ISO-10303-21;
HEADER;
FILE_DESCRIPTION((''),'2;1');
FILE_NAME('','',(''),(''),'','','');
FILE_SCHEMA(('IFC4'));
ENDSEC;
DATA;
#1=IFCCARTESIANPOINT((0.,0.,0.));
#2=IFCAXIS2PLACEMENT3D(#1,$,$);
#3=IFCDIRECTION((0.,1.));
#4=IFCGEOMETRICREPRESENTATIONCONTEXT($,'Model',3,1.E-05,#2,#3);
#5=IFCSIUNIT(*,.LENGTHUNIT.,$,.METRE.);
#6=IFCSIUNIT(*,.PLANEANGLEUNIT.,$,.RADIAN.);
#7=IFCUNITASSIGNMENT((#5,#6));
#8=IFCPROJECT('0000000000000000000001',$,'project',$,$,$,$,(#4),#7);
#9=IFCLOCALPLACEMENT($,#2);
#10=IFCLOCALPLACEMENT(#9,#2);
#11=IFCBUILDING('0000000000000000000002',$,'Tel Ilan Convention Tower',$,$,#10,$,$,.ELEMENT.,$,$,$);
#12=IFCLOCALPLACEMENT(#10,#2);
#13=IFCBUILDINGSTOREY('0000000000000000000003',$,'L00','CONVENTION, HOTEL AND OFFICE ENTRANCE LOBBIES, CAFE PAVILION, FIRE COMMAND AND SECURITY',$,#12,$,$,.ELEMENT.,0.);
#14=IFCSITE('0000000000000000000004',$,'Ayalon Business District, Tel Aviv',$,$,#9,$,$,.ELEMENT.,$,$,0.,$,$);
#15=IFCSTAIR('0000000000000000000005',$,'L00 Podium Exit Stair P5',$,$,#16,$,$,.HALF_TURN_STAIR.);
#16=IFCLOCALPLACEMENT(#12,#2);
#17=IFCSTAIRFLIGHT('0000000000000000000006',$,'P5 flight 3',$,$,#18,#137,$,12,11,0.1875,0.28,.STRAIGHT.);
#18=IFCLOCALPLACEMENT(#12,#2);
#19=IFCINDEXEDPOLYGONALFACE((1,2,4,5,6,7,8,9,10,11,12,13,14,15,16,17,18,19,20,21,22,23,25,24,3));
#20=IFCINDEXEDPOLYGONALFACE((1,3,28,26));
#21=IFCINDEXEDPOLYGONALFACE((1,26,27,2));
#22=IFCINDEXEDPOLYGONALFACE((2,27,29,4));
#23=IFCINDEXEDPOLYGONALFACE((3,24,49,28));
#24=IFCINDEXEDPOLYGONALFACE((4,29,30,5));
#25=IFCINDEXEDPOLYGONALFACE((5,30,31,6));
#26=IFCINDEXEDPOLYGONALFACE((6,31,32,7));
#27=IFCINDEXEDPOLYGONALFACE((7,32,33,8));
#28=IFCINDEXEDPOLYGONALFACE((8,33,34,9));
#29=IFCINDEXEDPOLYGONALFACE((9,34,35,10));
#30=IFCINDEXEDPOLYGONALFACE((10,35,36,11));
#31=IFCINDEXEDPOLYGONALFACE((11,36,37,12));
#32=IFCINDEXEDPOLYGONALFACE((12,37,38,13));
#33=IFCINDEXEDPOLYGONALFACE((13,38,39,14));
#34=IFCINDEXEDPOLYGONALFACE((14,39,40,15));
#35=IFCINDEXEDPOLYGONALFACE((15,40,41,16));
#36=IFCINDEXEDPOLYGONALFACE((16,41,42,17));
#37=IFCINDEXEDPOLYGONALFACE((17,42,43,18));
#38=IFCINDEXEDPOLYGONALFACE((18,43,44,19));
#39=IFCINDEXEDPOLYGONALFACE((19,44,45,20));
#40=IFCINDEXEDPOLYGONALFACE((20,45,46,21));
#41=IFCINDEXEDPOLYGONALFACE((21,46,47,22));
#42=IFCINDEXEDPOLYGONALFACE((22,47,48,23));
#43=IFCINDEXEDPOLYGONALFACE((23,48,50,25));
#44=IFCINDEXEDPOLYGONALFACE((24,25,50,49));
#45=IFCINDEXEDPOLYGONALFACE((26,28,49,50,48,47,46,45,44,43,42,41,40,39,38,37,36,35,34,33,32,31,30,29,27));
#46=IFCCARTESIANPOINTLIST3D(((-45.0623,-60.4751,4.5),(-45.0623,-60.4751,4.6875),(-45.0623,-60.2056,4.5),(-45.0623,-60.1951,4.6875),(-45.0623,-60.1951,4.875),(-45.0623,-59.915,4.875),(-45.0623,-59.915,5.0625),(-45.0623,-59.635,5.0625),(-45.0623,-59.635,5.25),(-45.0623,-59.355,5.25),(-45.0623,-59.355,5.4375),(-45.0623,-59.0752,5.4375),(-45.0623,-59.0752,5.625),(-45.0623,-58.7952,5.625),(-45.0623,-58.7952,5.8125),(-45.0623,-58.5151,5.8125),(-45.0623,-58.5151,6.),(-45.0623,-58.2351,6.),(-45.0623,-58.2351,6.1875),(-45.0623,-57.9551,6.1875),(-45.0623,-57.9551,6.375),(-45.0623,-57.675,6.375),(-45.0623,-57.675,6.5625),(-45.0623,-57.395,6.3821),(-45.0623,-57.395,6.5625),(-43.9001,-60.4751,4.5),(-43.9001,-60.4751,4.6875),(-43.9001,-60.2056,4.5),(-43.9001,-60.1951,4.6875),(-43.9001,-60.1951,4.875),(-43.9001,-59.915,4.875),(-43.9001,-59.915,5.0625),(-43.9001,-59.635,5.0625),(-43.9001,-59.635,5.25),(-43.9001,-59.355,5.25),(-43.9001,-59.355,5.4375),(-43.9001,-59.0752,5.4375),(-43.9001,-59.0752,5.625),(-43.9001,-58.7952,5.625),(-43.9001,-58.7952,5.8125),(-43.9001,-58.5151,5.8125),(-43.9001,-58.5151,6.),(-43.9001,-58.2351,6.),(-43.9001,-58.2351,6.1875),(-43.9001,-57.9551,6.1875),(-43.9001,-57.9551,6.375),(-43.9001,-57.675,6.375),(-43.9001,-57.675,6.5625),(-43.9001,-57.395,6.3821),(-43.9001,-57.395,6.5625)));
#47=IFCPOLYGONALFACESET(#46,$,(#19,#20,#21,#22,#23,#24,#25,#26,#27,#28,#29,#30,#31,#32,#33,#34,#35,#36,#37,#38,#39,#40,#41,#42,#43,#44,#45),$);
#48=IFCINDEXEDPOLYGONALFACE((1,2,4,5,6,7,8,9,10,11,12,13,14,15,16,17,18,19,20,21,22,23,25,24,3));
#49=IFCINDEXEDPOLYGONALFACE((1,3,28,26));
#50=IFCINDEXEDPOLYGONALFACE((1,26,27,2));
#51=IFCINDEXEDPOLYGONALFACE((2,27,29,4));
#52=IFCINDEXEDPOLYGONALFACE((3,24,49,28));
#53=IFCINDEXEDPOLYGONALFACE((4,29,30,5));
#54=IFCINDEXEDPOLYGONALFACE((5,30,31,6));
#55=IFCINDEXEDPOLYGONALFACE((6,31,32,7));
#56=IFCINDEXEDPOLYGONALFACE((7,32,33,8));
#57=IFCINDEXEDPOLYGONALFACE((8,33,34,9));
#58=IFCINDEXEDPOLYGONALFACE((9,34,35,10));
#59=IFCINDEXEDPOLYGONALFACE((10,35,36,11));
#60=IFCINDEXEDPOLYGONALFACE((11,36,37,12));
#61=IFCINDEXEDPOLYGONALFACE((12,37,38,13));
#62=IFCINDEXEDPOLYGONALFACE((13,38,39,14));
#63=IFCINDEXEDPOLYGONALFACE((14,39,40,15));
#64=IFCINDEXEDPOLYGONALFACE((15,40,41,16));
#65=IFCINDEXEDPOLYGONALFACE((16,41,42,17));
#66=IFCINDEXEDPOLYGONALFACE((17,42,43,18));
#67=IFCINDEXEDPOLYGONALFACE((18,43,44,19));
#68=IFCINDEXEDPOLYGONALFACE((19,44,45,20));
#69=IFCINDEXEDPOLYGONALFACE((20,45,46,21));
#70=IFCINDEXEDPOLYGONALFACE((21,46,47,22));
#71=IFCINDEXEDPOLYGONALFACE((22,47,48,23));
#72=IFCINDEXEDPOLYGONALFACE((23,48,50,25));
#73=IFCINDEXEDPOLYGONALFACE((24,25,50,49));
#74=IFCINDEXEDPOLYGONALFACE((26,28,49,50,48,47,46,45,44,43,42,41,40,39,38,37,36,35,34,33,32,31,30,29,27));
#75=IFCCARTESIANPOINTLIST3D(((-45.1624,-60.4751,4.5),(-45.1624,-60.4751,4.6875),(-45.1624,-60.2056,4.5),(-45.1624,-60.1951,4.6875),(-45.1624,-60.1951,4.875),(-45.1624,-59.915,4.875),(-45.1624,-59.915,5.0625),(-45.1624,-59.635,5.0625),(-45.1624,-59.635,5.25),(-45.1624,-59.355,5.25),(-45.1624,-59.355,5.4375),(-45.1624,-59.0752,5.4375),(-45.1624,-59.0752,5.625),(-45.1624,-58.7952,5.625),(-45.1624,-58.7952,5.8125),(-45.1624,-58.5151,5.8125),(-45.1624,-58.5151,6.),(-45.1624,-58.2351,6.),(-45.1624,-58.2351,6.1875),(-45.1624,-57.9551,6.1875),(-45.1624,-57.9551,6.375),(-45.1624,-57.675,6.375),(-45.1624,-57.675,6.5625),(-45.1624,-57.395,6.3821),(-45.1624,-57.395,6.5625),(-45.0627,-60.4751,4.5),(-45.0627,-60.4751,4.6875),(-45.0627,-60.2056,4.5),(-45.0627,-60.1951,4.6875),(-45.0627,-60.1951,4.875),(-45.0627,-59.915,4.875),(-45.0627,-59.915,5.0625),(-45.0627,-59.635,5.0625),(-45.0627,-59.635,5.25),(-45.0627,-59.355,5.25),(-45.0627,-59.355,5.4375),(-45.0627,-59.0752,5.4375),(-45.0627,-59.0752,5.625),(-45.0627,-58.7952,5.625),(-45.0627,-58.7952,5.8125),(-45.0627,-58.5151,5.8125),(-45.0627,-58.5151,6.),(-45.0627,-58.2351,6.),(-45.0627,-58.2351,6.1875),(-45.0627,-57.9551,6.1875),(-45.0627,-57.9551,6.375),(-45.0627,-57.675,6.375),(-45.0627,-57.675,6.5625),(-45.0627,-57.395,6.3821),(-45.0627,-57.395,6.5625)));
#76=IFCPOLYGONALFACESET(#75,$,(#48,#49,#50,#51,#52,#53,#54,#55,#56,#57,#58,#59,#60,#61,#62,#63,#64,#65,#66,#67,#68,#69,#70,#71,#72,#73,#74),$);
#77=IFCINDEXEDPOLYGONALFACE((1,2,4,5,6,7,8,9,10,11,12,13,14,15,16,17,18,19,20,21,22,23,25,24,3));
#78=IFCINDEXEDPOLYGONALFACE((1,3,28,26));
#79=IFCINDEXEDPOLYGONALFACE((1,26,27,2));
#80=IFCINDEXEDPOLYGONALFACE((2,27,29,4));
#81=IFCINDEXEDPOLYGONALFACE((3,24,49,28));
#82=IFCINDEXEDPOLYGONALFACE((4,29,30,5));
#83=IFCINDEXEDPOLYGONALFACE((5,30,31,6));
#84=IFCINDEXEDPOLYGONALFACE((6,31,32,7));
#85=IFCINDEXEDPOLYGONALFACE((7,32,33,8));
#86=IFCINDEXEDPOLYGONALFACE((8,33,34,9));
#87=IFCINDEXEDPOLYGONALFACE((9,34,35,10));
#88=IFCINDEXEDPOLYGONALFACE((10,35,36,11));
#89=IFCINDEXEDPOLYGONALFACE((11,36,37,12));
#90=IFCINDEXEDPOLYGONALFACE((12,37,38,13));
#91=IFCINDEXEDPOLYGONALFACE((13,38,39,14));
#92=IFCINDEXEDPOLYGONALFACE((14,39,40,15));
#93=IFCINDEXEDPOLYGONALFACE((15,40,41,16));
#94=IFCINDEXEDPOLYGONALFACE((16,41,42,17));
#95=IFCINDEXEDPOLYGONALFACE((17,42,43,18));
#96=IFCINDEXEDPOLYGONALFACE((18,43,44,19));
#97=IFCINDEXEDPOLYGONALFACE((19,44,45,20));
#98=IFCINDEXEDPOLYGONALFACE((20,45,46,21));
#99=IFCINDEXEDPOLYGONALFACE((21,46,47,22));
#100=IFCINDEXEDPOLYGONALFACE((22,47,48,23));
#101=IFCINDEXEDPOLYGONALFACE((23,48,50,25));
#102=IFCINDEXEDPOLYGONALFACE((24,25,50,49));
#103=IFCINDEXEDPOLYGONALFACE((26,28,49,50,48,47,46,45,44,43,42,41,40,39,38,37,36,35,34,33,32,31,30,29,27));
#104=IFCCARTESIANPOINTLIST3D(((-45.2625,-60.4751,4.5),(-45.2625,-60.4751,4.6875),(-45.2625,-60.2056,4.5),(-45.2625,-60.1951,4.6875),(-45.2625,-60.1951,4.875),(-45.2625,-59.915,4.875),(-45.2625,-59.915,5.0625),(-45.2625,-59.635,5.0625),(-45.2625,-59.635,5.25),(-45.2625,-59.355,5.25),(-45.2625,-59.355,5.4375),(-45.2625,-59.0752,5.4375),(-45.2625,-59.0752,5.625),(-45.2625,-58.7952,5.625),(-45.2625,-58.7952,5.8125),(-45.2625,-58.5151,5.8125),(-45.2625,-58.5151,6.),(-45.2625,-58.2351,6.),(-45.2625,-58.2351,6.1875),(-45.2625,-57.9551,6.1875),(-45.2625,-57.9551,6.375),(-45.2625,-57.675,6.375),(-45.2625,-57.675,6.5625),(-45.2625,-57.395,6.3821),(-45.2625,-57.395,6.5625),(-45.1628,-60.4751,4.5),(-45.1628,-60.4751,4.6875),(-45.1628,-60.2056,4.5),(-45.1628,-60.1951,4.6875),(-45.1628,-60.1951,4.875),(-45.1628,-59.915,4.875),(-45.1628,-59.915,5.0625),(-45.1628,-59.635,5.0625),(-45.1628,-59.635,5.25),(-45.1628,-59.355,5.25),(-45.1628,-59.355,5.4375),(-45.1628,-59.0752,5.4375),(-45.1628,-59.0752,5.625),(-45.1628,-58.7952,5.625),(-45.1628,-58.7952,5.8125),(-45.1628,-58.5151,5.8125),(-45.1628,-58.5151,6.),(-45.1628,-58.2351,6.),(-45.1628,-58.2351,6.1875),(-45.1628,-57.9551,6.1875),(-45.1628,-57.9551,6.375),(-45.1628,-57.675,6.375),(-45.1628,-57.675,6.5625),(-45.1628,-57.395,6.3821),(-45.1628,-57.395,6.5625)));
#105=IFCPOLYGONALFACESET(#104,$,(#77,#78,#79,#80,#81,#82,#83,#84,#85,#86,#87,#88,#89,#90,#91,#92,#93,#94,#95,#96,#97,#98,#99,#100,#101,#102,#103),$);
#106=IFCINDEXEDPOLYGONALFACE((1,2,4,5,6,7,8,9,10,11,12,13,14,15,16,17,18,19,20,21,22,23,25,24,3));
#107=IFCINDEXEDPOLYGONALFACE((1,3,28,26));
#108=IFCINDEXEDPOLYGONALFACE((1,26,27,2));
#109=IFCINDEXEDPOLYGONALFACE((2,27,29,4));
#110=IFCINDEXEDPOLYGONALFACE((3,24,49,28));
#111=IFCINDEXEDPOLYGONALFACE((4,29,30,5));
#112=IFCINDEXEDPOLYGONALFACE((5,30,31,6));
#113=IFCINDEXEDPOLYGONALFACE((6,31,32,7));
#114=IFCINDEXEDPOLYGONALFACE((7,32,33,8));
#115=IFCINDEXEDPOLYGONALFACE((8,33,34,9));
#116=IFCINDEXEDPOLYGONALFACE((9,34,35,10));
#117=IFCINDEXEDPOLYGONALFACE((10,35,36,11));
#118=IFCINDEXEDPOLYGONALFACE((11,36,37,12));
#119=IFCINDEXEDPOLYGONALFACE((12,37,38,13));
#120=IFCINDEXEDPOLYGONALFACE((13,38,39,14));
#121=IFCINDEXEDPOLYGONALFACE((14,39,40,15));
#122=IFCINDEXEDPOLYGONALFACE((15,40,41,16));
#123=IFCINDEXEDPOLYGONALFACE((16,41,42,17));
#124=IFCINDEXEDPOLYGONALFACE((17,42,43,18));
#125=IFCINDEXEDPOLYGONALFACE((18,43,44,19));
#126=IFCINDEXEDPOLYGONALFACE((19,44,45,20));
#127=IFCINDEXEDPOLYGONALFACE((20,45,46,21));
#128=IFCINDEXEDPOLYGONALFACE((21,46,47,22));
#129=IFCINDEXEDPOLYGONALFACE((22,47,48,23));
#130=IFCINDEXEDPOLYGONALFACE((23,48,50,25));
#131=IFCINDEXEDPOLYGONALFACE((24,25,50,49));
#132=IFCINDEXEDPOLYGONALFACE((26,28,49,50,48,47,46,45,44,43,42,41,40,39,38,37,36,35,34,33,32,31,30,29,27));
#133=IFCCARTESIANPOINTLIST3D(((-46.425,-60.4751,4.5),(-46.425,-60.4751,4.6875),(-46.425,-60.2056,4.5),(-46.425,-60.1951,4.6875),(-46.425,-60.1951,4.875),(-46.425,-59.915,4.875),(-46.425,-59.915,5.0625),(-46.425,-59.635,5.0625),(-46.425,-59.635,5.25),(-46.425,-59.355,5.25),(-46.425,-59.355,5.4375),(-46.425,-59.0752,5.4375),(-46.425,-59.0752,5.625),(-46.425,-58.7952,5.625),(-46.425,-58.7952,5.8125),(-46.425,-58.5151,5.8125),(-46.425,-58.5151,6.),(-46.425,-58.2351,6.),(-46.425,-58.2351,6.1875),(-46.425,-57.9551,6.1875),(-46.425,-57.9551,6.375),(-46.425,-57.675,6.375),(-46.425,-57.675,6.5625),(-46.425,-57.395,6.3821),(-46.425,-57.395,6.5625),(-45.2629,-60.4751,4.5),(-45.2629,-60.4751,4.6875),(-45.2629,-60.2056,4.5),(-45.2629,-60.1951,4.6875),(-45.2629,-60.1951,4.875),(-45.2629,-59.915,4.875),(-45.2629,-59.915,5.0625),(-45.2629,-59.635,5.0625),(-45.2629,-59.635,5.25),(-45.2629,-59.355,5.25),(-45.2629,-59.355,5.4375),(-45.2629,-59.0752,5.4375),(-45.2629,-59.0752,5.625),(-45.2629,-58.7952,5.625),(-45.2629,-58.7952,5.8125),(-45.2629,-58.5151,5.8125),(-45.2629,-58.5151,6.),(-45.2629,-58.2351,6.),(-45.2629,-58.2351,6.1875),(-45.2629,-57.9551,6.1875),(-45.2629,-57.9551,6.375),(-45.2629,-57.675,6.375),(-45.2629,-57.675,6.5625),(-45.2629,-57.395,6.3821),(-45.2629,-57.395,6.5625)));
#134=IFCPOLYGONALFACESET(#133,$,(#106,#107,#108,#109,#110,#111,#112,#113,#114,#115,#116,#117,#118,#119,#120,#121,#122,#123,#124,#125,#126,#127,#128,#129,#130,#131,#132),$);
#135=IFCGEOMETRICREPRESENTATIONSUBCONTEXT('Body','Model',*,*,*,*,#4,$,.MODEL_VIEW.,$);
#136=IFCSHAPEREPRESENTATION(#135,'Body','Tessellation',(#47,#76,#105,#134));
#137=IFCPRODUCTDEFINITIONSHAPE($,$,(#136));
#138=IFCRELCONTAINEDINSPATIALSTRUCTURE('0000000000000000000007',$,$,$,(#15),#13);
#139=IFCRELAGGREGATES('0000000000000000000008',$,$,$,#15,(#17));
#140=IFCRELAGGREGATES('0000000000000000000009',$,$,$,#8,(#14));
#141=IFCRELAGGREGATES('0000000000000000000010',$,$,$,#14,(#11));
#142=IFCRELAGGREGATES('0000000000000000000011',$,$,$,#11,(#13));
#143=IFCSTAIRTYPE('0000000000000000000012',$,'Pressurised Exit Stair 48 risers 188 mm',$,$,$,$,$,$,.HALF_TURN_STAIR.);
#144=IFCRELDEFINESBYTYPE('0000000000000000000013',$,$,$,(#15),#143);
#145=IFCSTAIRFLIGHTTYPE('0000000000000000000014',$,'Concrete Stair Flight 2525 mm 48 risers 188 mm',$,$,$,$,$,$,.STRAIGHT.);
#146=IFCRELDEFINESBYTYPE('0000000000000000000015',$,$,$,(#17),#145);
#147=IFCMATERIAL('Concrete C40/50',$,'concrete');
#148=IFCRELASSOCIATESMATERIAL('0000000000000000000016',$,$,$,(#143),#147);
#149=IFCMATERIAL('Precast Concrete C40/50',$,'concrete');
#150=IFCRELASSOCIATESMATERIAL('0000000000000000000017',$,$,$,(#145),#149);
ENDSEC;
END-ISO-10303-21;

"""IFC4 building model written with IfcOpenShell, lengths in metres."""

from ifc_helpers import new_model, si_unit, direction, frame, origin, place, context, subcontext, project, spatial, polyline, outline, extrude, material, type_object, element, aggregate, save


model = new_model("IFC4")

# Units and contexts
model_context = context("Model", 3, precision=1e-05, world=origin(), true_north=direction((0.0, 1.0)))
body_context = subcontext(model_context, "Body", "Model", "MODEL_VIEW")
ifc_project = project(units=[si_unit("LENGTHUNIT", "METRE"), si_unit("PLANEANGLEUNIT", "RADIAN")], contexts=[model_context])

# Site, building, storey
site_placement = place(None, origin())
site = spatial("IfcSite", under=ifc_project, at=site_placement, Name="Ayalon Business District, Tel Aviv", CompositionType="ELEMENT", RefElevation=0.0)
building_placement = place(site_placement, origin())
building = spatial("IfcBuilding", under=site, at=building_placement, Name="Tel Ilan Convention Tower", CompositionType="ELEMENT")
storey_placement = place(building_placement, origin())
storey = spatial("IfcBuildingStorey", under=building, at=storey_placement, Name="L00", Description="CONVENTION, HOTEL AND OFFICE ENTRANCE LOBBIES, CAFE PAVILION, FIRE COMMAND AND SECURITY", CompositionType="ELEMENT", Elevation=0.0)

# Stair, stair flight
ifc_material_1 = material(Name="Concrete C40/50", Category="concrete")
stair_type = type_object("IfcStairType", Name="Pressurised Exit Stair 48 risers 188 mm", PredefinedType="HALF_TURN_STAIR", material=ifc_material_1)
ifc_material_2 = material(Name="Precast Concrete C40/50", Category="concrete")
stair_flight_type = type_object("IfcStairFlightType", Name="Concrete Stair Flight 2525 mm 48 risers 188 mm", PredefinedType="STRAIGHT", material=ifc_material_2)
stair_1_placement = place(storey_placement, origin())
stair_1 = element("IfcStair", 1, at=stair_1_placement, inside=storey, type_object=stair_type, Name="L00 Podium Exit Stair P5", PredefinedType="HALF_TURN_STAIR")
stair_flight_1_placement = place(storey_placement, frame((-45.1626, -60.4751, 4.5), z_axis=(0.0, 0.0, 1.0), x_axis=(0.0, 1.0, 0.0)))
stair_flight_1 = element("IfcStairFlight", 2, at=stair_flight_1_placement, type_object=stair_flight_type, Name="P5 flight 3", NumberOfRisers=12, NumberOfTreads=11, PredefinedType="STRAIGHT", RiserHeight=0.1875, TreadLength=0.28, context=body_context, shape_type="SweptSolid", body=[
    extrude(outline(polyline([(0.0, 0.0), (0.0, 0.1875), (0.28, 0.1875), (0.28, 0.375), (0.5601, 0.375), (0.5601, 0.5625), (0.8401, 0.5625), (0.8401, 0.75), (1.1201, 0.75), (1.1201, 0.9375), (1.3999, 0.9375), (1.3999, 1.125), (1.6799, 1.125), (1.6799, 1.3125), (1.96, 1.3125), (1.96, 1.5), (2.24, 1.5), (2.24, 1.6875), (2.52, 1.6875), (2.52, 1.875), (2.8, 1.875), (2.8, 2.0625), (3.0801, 2.0625), (3.0801, 2.25), (3.0801, 1.8821), (0.2695, 0.0), (0.0, 0.0)])), frame((0.0, -0.1003, 0.0), z_axis=(0.0, -1.0, 0.0), x_axis=(1.0, 0.0, 0.0)), (0.0, 0.0, 1.0), 1.1621),
    extrude(outline(polyline([(0.0, 0.0), (0.0, 0.1875), (0.28, 0.1875), (0.28, 0.375), (0.5601, 0.375), (0.5601, 0.5625), (0.8401, 0.5625), (0.8401, 0.75), (1.1201, 0.75), (1.1201, 0.9375), (1.3999, 0.9375), (1.3999, 1.125), (1.6799, 1.125), (1.6799, 1.3125), (1.96, 1.3125), (1.96, 1.5), (2.24, 1.5), (2.24, 1.6875), (2.52, 1.6875), (2.52, 1.875), (2.8, 1.875), (2.8, 2.0625), (3.0801, 2.0625), (3.0801, 2.25), (3.0801, 1.8821), (0.2695, 0.0), (0.0, 0.0)])), frame((0.0, -0.0002, 0.0), z_axis=(0.0, -1.0, 0.0), x_axis=(1.0, 0.0, 0.0)), (0.0, 0.0, 1.0), 0.0996),
    extrude(outline(polyline([(0.0, 0.0), (0.0, 0.1875), (0.28, 0.1875), (0.28, 0.375), (0.5601, 0.375), (0.5601, 0.5625), (0.8401, 0.5625), (0.8401, 0.75), (1.1201, 0.75), (1.1201, 0.9375), (1.3999, 0.9375), (1.3999, 1.125), (1.6799, 1.125), (1.6799, 1.3125), (1.96, 1.3125), (1.96, 1.5), (2.24, 1.5), (2.24, 1.6875), (2.52, 1.6875), (2.52, 1.875), (2.8, 1.875), (2.8, 2.0625), (3.0801, 2.0625), (3.0801, 2.25), (3.0801, 1.8821), (0.2695, 0.0), (0.0, 0.0)])), frame((0.0, 0.0999, 0.0), z_axis=(0.0, -1.0, 0.0), x_axis=(1.0, 0.0, 0.0)), (0.0, 0.0, 1.0), 0.0996),
    extrude(outline(polyline([(0.0, 0.0), (0.0, 0.1875), (0.28, 0.1875), (0.28, 0.375), (0.5601, 0.375), (0.5601, 0.5625), (0.8401, 0.5625), (0.8401, 0.75), (1.1201, 0.75), (1.1201, 0.9375), (1.3999, 0.9375), (1.3999, 1.125), (1.6799, 1.125), (1.6799, 1.3125), (1.96, 1.3125), (1.96, 1.5), (2.24, 1.5), (2.24, 1.6875), (2.52, 1.6875), (2.52, 1.875), (2.8, 1.875), (2.8, 2.0625), (3.0801, 2.0625), (3.0801, 2.25), (3.0801, 1.8821), (0.2695, 0.0), (0.0, 0.0)])), frame((0.0, 1.2625, 0.0), z_axis=(0.0, -1.0, 0.0), x_axis=(1.0, 0.0, 0.0)), (0.0, 0.0, 1.0), 1.1621),
])
aggregate(stair_1, [stair_flight_1])

save(model, "model.ifc")
